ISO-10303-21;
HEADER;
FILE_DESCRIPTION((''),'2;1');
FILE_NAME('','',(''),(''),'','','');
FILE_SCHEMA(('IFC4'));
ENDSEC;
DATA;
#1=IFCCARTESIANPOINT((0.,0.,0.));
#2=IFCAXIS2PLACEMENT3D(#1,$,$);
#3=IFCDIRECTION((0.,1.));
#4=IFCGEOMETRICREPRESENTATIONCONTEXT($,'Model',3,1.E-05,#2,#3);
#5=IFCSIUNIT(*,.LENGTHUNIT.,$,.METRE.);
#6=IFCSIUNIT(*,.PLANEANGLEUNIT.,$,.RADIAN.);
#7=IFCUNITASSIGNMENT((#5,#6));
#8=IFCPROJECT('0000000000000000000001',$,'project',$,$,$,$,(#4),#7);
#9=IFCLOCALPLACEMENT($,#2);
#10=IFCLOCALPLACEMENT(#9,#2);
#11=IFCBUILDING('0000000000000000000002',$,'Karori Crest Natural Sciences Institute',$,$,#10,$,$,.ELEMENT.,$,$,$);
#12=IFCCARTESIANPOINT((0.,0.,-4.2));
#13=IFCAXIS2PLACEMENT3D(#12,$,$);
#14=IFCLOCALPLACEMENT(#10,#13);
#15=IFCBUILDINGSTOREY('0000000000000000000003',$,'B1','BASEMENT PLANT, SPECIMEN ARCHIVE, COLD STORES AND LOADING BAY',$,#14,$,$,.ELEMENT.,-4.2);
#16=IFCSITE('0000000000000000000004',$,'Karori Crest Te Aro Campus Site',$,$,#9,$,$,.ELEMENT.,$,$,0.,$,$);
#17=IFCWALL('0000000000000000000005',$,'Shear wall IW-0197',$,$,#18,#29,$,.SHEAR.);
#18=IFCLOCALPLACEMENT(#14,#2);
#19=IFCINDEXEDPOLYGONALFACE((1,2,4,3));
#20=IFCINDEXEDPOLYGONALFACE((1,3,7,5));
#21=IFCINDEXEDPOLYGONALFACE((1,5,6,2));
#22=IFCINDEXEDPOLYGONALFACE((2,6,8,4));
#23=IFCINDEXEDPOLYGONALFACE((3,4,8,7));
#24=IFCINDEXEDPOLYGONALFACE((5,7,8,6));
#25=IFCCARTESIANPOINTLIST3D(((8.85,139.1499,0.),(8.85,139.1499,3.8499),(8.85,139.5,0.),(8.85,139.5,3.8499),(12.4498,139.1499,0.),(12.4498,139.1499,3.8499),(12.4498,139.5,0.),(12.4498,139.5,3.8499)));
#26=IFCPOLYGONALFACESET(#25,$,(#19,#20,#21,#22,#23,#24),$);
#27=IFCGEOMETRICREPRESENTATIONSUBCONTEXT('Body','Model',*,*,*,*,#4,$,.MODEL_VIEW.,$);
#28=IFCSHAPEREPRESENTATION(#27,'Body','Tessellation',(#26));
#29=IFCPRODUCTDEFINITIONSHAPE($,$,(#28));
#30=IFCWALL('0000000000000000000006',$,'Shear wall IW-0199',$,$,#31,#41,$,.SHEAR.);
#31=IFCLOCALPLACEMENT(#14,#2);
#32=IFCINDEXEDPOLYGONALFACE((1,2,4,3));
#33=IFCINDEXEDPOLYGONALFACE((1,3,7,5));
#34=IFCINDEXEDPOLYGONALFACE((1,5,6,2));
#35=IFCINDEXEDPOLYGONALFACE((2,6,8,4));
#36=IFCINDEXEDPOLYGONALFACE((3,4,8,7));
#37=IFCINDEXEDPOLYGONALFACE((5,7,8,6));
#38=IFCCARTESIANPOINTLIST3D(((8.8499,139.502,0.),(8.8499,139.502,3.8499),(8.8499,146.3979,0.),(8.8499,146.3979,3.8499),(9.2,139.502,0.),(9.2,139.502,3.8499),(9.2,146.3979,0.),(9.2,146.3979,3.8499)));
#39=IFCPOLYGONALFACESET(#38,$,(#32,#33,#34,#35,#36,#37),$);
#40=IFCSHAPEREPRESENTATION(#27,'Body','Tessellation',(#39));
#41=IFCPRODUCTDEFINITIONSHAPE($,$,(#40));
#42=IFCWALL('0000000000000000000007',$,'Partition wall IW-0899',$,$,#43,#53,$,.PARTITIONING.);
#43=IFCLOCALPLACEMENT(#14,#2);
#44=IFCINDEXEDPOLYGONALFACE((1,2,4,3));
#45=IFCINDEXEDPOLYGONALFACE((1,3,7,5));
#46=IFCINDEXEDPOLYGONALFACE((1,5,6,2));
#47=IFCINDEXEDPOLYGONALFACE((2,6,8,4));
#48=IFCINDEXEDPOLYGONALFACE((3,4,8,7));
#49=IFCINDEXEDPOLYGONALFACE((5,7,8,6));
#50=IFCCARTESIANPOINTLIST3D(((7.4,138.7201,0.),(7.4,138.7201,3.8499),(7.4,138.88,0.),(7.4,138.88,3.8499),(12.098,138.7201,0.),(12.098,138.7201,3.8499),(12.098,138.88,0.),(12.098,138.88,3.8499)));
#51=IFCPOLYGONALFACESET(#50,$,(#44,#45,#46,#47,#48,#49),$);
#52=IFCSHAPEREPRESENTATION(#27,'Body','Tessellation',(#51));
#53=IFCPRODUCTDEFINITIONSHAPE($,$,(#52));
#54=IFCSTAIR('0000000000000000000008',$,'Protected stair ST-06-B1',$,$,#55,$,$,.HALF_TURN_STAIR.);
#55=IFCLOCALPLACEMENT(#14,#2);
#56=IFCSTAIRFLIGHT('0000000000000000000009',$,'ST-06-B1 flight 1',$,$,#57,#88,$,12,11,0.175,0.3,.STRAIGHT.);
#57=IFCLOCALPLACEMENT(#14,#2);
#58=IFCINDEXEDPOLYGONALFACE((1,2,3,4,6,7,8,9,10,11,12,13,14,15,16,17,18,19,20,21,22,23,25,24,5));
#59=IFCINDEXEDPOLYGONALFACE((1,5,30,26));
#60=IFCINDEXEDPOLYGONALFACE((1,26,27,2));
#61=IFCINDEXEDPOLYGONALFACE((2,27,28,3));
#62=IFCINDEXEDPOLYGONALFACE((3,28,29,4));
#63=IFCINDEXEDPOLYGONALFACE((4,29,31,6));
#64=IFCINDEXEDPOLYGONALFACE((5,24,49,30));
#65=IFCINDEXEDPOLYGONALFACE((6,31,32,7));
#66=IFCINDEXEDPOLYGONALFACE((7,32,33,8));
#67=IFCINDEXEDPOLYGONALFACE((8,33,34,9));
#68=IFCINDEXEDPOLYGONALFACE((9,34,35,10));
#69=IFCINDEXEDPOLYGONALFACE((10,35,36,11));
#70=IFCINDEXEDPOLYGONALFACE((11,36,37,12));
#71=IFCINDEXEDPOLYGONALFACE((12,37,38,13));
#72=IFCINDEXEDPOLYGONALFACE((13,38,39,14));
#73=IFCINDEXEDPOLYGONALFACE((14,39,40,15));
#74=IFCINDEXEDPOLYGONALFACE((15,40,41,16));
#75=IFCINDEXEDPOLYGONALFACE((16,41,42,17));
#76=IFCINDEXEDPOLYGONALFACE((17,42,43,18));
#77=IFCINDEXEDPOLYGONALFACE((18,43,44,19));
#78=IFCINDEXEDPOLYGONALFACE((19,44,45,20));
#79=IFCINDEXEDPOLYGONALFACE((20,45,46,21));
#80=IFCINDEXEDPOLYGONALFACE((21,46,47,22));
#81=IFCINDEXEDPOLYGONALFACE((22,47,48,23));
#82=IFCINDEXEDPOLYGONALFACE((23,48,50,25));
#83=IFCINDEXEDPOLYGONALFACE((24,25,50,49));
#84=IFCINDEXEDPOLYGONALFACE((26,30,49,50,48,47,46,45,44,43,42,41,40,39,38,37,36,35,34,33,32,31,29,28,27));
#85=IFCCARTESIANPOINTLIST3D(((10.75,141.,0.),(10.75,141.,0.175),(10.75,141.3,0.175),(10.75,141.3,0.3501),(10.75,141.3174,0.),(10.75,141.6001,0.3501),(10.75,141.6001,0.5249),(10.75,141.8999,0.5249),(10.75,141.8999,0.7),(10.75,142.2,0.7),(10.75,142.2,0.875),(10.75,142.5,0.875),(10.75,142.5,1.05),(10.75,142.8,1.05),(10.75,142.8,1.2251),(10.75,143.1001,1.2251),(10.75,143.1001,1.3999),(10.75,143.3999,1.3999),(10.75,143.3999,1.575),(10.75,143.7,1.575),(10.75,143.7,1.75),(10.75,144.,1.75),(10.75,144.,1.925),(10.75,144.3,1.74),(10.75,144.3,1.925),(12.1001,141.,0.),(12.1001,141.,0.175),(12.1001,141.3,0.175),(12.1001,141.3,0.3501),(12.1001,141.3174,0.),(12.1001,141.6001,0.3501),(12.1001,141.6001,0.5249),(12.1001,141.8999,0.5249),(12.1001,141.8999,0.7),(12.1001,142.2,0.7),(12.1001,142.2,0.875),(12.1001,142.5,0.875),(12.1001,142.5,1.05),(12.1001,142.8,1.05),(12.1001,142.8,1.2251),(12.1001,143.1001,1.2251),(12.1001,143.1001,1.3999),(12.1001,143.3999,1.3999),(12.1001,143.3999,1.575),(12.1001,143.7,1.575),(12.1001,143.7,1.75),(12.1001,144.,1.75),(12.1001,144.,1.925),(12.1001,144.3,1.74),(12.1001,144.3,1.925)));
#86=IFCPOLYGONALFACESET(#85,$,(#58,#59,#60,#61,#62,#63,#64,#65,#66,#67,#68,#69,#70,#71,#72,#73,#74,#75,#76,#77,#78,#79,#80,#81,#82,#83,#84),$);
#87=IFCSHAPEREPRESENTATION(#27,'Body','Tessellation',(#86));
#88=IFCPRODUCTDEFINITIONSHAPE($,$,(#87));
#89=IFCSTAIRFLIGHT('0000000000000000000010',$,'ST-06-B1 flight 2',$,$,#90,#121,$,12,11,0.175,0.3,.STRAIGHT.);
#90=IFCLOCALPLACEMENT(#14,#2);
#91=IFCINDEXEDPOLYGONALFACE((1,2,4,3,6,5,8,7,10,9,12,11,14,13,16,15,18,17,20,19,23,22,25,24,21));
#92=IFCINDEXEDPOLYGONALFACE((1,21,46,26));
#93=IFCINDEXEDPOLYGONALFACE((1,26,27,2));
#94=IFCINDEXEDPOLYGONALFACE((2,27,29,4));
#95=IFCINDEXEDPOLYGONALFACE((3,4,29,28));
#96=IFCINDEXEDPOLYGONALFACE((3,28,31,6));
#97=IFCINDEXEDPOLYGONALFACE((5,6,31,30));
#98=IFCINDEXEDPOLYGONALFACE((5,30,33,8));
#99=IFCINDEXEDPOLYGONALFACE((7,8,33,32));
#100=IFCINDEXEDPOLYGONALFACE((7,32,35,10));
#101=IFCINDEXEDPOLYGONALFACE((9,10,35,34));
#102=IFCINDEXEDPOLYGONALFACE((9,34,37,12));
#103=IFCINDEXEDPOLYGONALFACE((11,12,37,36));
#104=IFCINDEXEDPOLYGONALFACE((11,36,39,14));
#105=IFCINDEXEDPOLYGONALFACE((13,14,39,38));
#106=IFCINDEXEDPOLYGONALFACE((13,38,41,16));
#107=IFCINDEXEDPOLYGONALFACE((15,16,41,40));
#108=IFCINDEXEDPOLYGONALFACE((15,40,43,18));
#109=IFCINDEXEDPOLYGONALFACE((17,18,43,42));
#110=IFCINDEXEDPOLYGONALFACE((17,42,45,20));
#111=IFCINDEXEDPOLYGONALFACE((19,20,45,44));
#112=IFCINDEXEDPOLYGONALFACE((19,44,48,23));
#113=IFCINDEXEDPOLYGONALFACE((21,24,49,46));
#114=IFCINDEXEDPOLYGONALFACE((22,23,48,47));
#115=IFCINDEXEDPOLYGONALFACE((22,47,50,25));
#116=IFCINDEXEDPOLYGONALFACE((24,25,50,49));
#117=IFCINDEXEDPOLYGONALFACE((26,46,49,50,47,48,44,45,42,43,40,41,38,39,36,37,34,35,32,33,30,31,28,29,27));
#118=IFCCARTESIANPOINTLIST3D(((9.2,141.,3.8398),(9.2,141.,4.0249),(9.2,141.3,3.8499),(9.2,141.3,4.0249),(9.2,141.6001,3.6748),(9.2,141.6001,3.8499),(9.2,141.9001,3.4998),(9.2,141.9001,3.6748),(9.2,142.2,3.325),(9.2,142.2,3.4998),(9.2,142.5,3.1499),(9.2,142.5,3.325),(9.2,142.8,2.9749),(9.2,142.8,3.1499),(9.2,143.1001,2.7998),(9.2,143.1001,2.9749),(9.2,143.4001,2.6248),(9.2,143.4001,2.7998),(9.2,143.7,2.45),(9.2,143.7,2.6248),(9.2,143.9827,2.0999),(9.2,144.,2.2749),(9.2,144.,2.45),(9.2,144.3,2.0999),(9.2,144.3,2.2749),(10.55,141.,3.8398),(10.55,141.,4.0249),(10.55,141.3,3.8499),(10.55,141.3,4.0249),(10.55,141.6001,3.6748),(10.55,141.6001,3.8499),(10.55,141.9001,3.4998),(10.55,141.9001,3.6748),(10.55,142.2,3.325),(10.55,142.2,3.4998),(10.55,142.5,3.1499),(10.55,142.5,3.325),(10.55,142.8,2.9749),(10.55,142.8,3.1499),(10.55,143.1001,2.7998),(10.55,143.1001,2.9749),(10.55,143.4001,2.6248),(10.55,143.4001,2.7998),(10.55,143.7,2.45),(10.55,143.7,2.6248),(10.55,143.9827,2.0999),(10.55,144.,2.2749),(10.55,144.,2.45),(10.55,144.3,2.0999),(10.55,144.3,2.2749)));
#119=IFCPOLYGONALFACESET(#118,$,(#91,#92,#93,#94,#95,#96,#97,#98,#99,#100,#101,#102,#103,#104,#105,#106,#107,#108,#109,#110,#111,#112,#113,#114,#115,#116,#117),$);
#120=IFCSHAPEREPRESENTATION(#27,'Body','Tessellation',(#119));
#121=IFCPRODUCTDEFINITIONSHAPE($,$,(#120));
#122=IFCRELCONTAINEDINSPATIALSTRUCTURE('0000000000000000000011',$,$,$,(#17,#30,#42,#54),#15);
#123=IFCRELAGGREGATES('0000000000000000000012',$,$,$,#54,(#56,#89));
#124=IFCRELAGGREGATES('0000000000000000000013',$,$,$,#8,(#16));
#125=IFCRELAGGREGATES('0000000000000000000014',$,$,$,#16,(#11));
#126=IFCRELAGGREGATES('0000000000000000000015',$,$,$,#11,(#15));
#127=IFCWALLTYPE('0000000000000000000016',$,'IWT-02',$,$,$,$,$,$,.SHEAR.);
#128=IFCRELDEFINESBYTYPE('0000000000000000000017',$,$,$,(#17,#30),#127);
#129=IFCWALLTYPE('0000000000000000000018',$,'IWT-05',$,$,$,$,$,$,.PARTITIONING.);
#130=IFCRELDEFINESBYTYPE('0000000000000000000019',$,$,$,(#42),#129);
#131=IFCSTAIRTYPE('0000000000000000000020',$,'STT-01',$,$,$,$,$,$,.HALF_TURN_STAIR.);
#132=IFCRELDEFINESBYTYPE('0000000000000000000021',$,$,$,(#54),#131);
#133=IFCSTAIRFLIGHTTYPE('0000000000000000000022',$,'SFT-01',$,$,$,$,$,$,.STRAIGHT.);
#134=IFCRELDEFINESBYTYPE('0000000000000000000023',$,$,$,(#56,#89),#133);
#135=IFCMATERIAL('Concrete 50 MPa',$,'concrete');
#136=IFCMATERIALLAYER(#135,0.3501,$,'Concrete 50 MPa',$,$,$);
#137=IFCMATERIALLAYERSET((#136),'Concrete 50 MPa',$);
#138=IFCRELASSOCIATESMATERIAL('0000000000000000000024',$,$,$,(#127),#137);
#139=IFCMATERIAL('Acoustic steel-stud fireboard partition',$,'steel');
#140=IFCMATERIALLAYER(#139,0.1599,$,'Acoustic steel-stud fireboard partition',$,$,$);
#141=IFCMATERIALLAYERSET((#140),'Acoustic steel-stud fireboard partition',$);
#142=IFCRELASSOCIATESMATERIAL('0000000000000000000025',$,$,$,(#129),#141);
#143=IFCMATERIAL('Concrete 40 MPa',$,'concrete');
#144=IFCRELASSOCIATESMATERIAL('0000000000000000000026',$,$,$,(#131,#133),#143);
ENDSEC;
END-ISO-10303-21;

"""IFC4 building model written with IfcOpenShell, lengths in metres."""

from ifc_helpers import new_model, si_unit, direction, frame, frame_2d, origin, place, context, subcontext, project, spatial, polyline, rectangle, outline, extrude, material, layer, layer_set, type_object, element, aggregate, save


model = new_model("IFC4")

# Units and contexts
model_context = context("Model", 3, precision=1e-05, world=origin(), true_north=direction((0.0, 1.0)))
body_context = subcontext(model_context, "Body", "Model", "MODEL_VIEW")
ifc_project = project(units=[si_unit("LENGTHUNIT", "METRE"), si_unit("PLANEANGLEUNIT", "RADIAN")], contexts=[model_context])

# Site, building, storey
site_placement = place(None, origin())
site = spatial("IfcSite", under=ifc_project, at=site_placement, Name="Karori Crest Te Aro Campus Site", CompositionType="ELEMENT", RefElevation=0.0)
building_placement = place(site_placement, origin())
building = spatial("IfcBuilding", under=site, at=building_placement, Name="Karori Crest Natural Sciences Institute", CompositionType="ELEMENT")
storey_placement = place(building_placement, frame((0.0, 0.0, -4.2)))
storey = spatial("IfcBuildingStorey", under=building, at=storey_placement, Name="B1", Description="BASEMENT PLANT, SPECIMEN ARCHIVE, COLD STORES AND LOADING BAY", CompositionType="ELEMENT", Elevation=-4.2)

# Shared definitions
ifc_material_1 = material(Name="Concrete 40 MPa", Category="concrete")

# Shared definitions
ifc_material_2 = material(Name="Concrete 50 MPa", Category="concrete")

# Walls
ifc_layer_1 = layer(ifc_material_2, 0.3501, Name="Concrete 50 MPa")
ifc_layer_set_1 = layer_set([ifc_layer_1], Name="Concrete 50 MPa")
wall_type_1 = type_object("IfcWallType", Name="IWT-02", PredefinedType="SHEAR", material=ifc_layer_set_1)
wall_1_placement = place(storey_placement, frame((8.8501, 139.325, 0.0), z_axis=(0.0, 0.0, 1.0), x_axis=(1.0, 0.0, 0.0)))
element("IfcWall", 1, at=wall_1_placement, inside=storey, type_object=wall_type_1, Name="Shear wall IW-0197", PredefinedType="SHEAR", context=body_context, shape_type="SweptSolid", body=[
    extrude(rectangle(XDim=3.5999, YDim=0.3501, at=frame_2d((1.7998, 0.0))), origin(), (0.0, 0.0, 1.0), 3.8499),
])
wall_2_placement = place(storey_placement, frame((9.0249, 139.502, 0.0), z_axis=(0.0, 0.0, 1.0), x_axis=(0.0, 1.0, 0.0)))
element("IfcWall", 2, at=wall_2_placement, inside=storey, type_object=wall_type_1, Name="Shear wall IW-0199", PredefinedType="SHEAR", context=body_context, shape_type="SweptSolid", body=[
    extrude(rectangle(XDim=6.896, YDim=0.3501, at=frame_2d((3.448, 0.0))), origin(), (0.0, 0.0, 1.0), 3.8499),
])

# Wall
ifc_material_3 = material(Name="Acoustic steel-stud fireboard partition", Category="steel")
ifc_layer_2 = layer(ifc_material_3, 0.1599, Name="Acoustic steel-stud fireboard partition")
ifc_layer_set_2 = layer_set([ifc_layer_2], Name="Acoustic steel-stud fireboard partition")
wall_type_2 = type_object("IfcWallType", Name="IWT-05", PredefinedType="PARTITIONING", material=ifc_layer_set_2)
wall_3_placement = place(storey_placement, frame((7.3999, 138.8, 0.0), z_axis=(0.0, 0.0, 1.0), x_axis=(1.0, 0.0, 0.0)))
element("IfcWall", 3, at=wall_3_placement, inside=storey, type_object=wall_type_2, Name="Partition wall IW-0899", PredefinedType="PARTITIONING", context=body_context, shape_type="SweptSolid", body=[
    extrude(rectangle(XDim=4.698, YDim=0.1599, at=frame_2d((2.3491, 0.0))), origin(), (0.0, 0.0, 1.0), 3.8499),
])

# Stair, stair flights
stair_type = type_object("IfcStairType", Name="STT-01", PredefinedType="HALF_TURN_STAIR", material=ifc_material_1)
stair_placement = place(storey_placement, origin())
stair = element("IfcStair", 4, at=stair_placement, inside=storey, type_object=stair_type, Name="Protected stair ST-06-B1", PredefinedType="HALF_TURN_STAIR")
stair_flight_type = type_object("IfcStairFlightType", Name="SFT-01", PredefinedType="STRAIGHT", material=ifc_material_1)
stair_flight_1_placement = place(storey_placement, frame((11.425, 141.0, 0.0), z_axis=(0.0, 0.0, 1.0), x_axis=(0.0, 1.0, 0.0)))
stair_flight_1 = element("IfcStairFlight", 5, at=stair_flight_1_placement, type_object=stair_flight_type, Name="ST-06-B1 flight 1", NumberOfRisers=12, NumberOfTreads=11, PredefinedType="STRAIGHT", RiserHeight=0.175, TreadLength=0.3, context=body_context, shape_type="SweptSolid", body=[
    extrude(outline(polyline([(0.0, 0.0), (0.0, 0.175), (0.3, 0.175), (0.3, 0.3501), (0.6001, 0.3501), (0.6001, 0.5249), (0.8999, 0.5249), (0.8999, 0.7), (1.2, 0.7), (1.2, 0.875), (1.5, 0.875), (1.5, 1.05), (1.8, 1.05), (1.8, 1.2251), (2.1001, 1.2251), (2.1001, 1.3999), (2.3999, 1.3999), (2.3999, 1.575), (2.7, 1.575), (2.7, 1.75), (3.0, 1.75), (3.0, 1.925), (3.3, 1.925), (3.3, 2.1001), (3.3, 1.74), (0.3174, 0.0), (0.0, 0.0)])), frame((0.0, 0.675, 0.0), z_axis=(0.0, -1.0, 0.0), x_axis=(1.0, 0.0, 0.0)), (0.0, 0.0, 1.0), 1.3501),
])
stair_flight_2_placement = place(storey_placement, frame((9.875, 144.3, 2.0999), z_axis=(0.0, 0.0, 1.0), x_axis=(0.0, -1.0, 0.0)))
stair_flight_2 = element("IfcStairFlight", 6, at=stair_flight_2_placement, type_object=stair_flight_type, Name="ST-06-B1 flight 2", NumberOfRisers=12, NumberOfTreads=11, PredefinedType="STRAIGHT", RiserHeight=0.175, TreadLength=0.3, context=body_context, shape_type="SweptSolid", body=[
    extrude(outline(polyline([(0.0, 0.0), (0.0, 0.175), (0.3, 0.175), (0.3, 0.3501), (0.6001, 0.3501), (0.6001, 0.5249), (0.8999, 0.5249), (0.8999, 0.7), (1.2, 0.7), (1.2, 0.875), (1.5, 0.875), (1.5, 1.05), (1.8, 1.05), (1.8, 1.2251), (2.1001, 1.2251), (2.1001, 1.3999), (2.3999, 1.3999), (2.3999, 1.575), (2.7, 1.575), (2.7, 1.75), (3.0, 1.75), (3.0, 1.925), (3.3, 1.925), (3.3, 2.1001), (3.3, 1.74), (0.3174, 0.0), (0.0, 0.0)])), frame((0.0, 0.675, 0.0), z_axis=(0.0, -1.0, 0.0), x_axis=(1.0, 0.0, 0.0)), (0.0, 0.0, 1.0), 1.3501),
])
aggregate(stair, [stair_flight_1, stair_flight_2])

save(model, "model.ifc")
